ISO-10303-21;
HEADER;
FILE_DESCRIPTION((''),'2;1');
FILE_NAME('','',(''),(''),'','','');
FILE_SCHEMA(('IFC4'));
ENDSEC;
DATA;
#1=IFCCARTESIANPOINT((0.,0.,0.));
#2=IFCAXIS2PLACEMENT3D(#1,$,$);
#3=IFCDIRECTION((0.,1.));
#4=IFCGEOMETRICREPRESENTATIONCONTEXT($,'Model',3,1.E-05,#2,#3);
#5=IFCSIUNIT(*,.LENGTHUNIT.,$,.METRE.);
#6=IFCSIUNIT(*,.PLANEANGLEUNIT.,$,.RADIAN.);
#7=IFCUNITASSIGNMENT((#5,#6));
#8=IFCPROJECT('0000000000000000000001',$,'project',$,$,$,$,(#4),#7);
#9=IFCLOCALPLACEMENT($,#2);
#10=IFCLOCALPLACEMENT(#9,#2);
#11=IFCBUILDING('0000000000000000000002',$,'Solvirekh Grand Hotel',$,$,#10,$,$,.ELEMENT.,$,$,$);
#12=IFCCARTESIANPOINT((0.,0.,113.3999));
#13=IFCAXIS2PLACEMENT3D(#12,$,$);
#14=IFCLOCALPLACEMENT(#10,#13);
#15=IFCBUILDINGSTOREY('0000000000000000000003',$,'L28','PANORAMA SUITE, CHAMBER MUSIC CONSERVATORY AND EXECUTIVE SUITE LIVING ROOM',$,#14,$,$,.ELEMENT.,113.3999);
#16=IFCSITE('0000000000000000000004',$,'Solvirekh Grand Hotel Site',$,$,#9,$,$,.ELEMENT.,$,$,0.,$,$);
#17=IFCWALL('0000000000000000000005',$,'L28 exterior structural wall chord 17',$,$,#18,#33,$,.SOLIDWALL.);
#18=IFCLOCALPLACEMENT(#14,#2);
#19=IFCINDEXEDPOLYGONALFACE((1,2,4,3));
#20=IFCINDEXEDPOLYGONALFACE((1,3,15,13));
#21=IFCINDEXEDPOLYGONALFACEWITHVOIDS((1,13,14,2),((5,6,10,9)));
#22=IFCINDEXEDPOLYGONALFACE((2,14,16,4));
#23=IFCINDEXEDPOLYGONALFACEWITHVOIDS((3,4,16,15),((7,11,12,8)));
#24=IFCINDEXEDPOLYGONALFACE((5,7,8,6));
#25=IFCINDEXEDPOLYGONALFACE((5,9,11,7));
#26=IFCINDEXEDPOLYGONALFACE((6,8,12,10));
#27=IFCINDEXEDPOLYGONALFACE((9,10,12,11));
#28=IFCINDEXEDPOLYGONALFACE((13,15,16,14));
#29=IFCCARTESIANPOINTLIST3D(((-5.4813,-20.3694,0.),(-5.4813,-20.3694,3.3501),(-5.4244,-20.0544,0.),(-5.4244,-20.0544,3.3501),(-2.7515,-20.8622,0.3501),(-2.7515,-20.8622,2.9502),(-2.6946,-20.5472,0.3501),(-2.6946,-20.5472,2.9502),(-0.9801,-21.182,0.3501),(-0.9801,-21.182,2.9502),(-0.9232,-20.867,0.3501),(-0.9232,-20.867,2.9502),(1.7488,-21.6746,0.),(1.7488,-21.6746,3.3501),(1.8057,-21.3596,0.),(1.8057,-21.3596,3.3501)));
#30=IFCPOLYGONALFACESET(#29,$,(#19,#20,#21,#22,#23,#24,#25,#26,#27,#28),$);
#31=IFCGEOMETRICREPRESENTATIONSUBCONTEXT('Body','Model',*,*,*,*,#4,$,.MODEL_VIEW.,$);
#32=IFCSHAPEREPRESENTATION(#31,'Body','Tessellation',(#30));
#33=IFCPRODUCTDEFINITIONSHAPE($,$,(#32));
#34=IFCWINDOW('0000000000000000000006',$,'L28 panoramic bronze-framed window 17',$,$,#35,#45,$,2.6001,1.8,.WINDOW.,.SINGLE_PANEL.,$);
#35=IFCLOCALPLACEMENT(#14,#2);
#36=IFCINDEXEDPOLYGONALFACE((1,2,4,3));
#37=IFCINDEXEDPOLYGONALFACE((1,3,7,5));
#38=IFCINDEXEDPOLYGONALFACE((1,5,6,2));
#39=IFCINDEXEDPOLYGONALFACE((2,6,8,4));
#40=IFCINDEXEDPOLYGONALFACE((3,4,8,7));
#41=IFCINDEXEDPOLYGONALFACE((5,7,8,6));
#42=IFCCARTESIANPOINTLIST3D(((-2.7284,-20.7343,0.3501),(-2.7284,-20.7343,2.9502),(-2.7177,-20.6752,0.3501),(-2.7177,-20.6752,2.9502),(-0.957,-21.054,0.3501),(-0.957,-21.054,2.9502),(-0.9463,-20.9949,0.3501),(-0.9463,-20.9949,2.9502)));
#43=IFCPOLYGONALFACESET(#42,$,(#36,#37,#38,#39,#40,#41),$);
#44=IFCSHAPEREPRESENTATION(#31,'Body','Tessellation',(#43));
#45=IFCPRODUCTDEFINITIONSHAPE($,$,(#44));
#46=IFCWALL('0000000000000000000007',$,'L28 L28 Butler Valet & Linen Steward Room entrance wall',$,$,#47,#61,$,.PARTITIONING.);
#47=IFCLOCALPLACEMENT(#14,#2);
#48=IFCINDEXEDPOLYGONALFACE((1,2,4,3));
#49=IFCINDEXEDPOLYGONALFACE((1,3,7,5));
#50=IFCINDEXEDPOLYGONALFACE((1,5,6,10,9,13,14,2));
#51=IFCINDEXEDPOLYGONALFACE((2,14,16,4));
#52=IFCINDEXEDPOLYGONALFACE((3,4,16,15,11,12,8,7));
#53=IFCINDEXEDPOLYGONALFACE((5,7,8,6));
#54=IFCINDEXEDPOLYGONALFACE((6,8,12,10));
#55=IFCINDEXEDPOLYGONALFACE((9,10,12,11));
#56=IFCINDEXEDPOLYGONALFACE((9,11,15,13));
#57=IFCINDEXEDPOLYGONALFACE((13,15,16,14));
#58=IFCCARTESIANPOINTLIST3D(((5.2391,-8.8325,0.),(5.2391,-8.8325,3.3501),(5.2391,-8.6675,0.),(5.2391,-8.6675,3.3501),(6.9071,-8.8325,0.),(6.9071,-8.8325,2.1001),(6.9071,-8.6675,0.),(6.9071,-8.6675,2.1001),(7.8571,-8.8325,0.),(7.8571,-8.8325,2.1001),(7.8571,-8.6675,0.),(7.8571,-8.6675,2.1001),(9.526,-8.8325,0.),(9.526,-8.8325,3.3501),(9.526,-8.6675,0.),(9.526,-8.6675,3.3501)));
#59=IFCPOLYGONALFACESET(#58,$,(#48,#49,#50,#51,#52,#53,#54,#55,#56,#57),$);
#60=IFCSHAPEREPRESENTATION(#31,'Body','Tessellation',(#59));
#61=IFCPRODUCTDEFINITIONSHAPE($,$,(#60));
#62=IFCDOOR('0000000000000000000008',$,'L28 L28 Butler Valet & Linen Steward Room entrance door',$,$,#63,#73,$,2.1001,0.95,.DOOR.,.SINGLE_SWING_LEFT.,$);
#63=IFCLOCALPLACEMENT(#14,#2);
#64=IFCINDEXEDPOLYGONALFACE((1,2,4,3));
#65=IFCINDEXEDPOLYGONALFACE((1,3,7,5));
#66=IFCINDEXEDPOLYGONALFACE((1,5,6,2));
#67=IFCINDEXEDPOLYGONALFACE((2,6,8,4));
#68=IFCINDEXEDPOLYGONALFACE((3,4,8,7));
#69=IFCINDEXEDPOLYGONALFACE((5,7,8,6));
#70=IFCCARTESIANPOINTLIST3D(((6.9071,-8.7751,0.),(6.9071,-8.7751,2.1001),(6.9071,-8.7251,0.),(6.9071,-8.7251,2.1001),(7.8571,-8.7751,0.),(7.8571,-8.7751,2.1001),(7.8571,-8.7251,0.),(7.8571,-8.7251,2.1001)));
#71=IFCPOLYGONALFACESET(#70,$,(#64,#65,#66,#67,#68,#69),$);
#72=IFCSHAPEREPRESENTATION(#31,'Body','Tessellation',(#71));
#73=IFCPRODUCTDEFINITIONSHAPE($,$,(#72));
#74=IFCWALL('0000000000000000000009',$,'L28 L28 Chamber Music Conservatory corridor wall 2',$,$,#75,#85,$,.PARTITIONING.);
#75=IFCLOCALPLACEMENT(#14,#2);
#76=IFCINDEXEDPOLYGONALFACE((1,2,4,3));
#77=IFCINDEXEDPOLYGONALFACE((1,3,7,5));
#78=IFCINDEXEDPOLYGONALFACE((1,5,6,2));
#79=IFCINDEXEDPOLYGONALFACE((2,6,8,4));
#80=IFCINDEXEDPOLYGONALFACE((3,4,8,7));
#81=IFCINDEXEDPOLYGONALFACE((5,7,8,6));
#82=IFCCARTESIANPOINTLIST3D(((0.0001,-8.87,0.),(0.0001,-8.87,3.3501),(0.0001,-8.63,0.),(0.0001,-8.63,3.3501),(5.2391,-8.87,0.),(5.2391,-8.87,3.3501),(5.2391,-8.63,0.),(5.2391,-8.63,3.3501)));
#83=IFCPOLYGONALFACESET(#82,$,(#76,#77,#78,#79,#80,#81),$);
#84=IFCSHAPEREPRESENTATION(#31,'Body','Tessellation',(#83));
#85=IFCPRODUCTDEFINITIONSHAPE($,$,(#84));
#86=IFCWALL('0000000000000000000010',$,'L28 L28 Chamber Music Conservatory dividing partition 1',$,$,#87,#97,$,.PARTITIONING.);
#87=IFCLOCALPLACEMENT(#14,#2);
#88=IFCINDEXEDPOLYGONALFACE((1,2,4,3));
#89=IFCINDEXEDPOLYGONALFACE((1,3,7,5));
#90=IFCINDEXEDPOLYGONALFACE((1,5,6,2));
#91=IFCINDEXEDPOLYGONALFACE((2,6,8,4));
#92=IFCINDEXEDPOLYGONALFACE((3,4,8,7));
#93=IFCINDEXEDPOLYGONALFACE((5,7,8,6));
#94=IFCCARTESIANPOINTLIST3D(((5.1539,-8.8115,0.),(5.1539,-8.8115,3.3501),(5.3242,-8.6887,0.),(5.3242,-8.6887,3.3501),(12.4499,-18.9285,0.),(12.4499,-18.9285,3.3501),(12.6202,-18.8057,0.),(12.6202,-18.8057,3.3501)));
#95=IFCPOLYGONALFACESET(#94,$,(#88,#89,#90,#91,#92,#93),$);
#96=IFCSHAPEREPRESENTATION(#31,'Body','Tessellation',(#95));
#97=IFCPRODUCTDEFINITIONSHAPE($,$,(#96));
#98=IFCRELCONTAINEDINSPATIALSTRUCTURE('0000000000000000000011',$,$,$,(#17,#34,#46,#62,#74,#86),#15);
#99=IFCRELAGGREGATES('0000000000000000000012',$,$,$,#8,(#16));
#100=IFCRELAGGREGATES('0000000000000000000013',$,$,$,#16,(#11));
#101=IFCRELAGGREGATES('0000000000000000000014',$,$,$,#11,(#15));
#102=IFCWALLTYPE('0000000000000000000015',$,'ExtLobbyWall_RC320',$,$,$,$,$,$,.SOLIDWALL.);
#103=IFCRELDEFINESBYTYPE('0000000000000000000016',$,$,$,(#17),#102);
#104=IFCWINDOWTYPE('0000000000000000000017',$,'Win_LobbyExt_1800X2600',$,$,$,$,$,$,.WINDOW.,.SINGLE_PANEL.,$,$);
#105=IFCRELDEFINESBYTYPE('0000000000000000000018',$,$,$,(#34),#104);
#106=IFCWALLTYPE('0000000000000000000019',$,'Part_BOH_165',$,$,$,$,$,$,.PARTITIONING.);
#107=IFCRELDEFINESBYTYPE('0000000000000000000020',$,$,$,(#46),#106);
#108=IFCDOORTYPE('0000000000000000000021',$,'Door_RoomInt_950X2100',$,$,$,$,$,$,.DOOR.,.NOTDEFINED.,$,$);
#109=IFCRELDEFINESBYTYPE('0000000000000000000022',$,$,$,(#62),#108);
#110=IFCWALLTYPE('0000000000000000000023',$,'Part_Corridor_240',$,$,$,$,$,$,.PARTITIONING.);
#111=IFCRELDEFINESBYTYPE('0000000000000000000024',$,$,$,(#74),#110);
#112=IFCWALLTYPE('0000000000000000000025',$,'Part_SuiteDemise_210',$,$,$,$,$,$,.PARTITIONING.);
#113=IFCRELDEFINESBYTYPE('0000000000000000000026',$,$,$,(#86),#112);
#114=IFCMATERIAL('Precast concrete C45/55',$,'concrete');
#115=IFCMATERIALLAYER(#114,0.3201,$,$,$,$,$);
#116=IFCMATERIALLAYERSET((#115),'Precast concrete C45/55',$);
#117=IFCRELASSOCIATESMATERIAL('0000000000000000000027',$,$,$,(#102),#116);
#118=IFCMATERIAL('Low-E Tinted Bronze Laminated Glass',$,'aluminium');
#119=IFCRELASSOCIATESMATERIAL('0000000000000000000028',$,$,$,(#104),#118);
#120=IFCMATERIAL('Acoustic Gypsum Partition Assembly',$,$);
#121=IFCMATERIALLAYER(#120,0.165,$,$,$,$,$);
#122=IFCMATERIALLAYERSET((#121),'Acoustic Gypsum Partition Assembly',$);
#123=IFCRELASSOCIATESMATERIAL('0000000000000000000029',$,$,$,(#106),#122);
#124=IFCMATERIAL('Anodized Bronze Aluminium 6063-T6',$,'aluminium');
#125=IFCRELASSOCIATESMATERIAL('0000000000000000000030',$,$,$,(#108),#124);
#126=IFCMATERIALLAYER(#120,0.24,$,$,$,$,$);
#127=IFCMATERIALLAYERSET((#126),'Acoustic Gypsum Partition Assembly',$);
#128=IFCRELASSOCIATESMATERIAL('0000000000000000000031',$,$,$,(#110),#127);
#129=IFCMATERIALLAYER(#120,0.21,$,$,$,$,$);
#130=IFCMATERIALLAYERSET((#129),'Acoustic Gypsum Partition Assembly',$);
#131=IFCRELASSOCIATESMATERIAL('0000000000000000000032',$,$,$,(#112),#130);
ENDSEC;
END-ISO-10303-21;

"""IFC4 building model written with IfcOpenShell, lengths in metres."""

from ifc_helpers import new_model, si_unit, direction, frame, frame_2d, origin, place, context, subcontext, project, spatial, rectangle, extrude, material, layer, layer_set, type_object, element, fill, save


model = new_model("IFC4")

# Units and contexts
model_context = context("Model", 3, precision=1e-05, world=origin(), true_north=direction((0.0, 1.0)))
body_context = subcontext(model_context, "Body", "Model", "MODEL_VIEW")
ifc_project = project(units=[si_unit("LENGTHUNIT", "METRE"), si_unit("PLANEANGLEUNIT", "RADIAN")], contexts=[model_context])

# Site, building, storey
site_placement = place(None, origin())
site = spatial("IfcSite", under=ifc_project, at=site_placement, Name="Solvirekh Grand Hotel Site", CompositionType="ELEMENT", RefElevation=0.0)
building_placement = place(site_placement, origin())
building = spatial("IfcBuilding", under=site, at=building_placement, Name="Solvirekh Grand Hotel", CompositionType="ELEMENT")
storey_placement = place(building_placement, frame((0.0, 0.0, 113.3999)))
storey = spatial("IfcBuildingStorey", under=building, at=storey_placement, Name="L28", Description="PANORAMA SUITE, CHAMBER MUSIC CONSERVATORY AND EXECUTIVE SUITE LIVING ROOM", CompositionType="ELEMENT", Elevation=113.3999)

# Shared definitions
ifc_material_1 = material(Name="Anodized Bronze Aluminium 6063-T6", Category="aluminium")
ifc_material_2 = material(Name="Low-E Tinted Bronze Laminated Glass", Category="aluminium")

# Wall, opening, window
ifc_material_3 = material(Name="Precast concrete C45/55", Category="concrete")
ifc_layer_1 = layer(ifc_material_3, 0.3201)
ifc_layer_set_1 = layer_set([ifc_layer_1], Name="Precast concrete C45/55")
wall_type_1 = type_object("IfcWallType", Name="ExtLobbyWall_RC320", PredefinedType="SOLIDWALL", material=ifc_layer_set_1)
wall_1_placement = place(storey_placement, frame((1.7771, -21.5171, 0.0), z_axis=(0.0, 0.0, 1.0), x_axis=(-0.984094, 0.177651, 0.0)))
wall_1 = element("IfcWall", 1, at=wall_1_placement, inside=storey, type_object=wall_type_1, Name="L28 exterior structural wall chord 17", PredefinedType="SOLIDWALL", context=body_context, shape_type="SweptSolid", body=[
    extrude(rectangle(XDim=7.3469, YDim=0.3201, at=frame_2d((3.6733, 0.0))), origin(), (0.0, 0.0, 1.0), 3.3501),
])
opening_1_placement = place(wall_1_placement, frame((2.7729, 0.0, 0.3501)))
opening_1 = element("IfcOpeningElement", 2, at=opening_1_placement, cuts=wall_1, PredefinedType="OPENING", context=body_context, shape_type="SweptSolid", body=[
    extrude(rectangle(XDim=1.8, YDim=2.6001, at=frame_2d((0.8999, 1.3))), frame((0.0, 0.1699, 0.0), z_axis=(0.0, -1.0, 0.0), x_axis=(1.0, 0.0, 0.0)), (0.0, 0.0, 1.0), 0.3401),
])
window_type = type_object("IfcWindowType", Name="Win_LobbyExt_1800X2600", PartitioningType="SINGLE_PANEL", PredefinedType="WINDOW", material=ifc_material_2)
window_placement = place(opening_1_placement, origin())
window = element("IfcWindow", 3, at=window_placement, inside=storey, type_object=window_type, Name="L28 panoramic bronze-framed window 17", OverallHeight=2.6001, OverallWidth=1.8, PartitioningType="SINGLE_PANEL", PredefinedType="WINDOW", context=body_context, shape_type="SweptSolid", body=[
    extrude(rectangle(XDim=1.8, YDim=2.6001, at=frame_2d((0.8999, 1.3))), frame((0.0, 0.03, 0.0), z_axis=(0.0, -1.0, 0.0), x_axis=(1.0, 0.0, 0.0)), (0.0, 0.0, 1.0), 0.0601),
])
fill(opening_1, window)

# Wall, opening, door
ifc_material_4 = material(Name="Acoustic Gypsum Partition Assembly")
ifc_layer_2 = layer(ifc_material_4, 0.165)
ifc_layer_set_2 = layer_set([ifc_layer_2], Name="Acoustic Gypsum Partition Assembly")
wall_type_2 = type_object("IfcWallType", Name="Part_BOH_165", PredefinedType="PARTITIONING", material=ifc_layer_set_2)
wall_2_placement = place(storey_placement, frame((5.239, -8.75, 0.0), z_axis=(0.0, 0.0, 1.0), x_axis=(1.0, 0.0, 0.0)))
wall_2 = element("IfcWall", 4, at=wall_2_placement, inside=storey, type_object=wall_type_2, Name="L28 L28 Butler Valet & Linen Steward Room entrance wall", PredefinedType="PARTITIONING", context=body_context, shape_type="SweptSolid", body=[
    extrude(rectangle(XDim=4.2869, YDim=0.165, at=frame_2d((2.1436, 0.0))), origin(), (0.0, 0.0, 1.0), 3.3501),
])
opening_2_placement = place(wall_2_placement, frame((1.668, 0.0, 0.0)))
opening_2 = element("IfcOpeningElement", 5, at=opening_2_placement, cuts=wall_2, PredefinedType="OPENING", context=body_context, shape_type="SweptSolid", body=[
    extrude(rectangle(XDim=0.95, YDim=2.1001, at=frame_2d((0.4751, 1.05))), frame((0.0, 0.0925, 0.0), z_axis=(0.0, -1.0, 0.0), x_axis=(1.0, 0.0, 0.0)), (0.0, 0.0, 1.0), 0.1851),
])
door_type = type_object("IfcDoorType", Name="Door_RoomInt_950X2100", OperationType="NOTDEFINED", PredefinedType="DOOR", material=ifc_material_1)
door_placement = place(opening_2_placement, origin())
door = element("IfcDoor", 6, at=door_placement, inside=storey, type_object=door_type, Name="L28 L28 Butler Valet & Linen Steward Room entrance door", OperationType="SINGLE_SWING_LEFT", OverallHeight=2.1001, OverallWidth=0.95, PredefinedType="DOOR", context=body_context, shape_type="SweptSolid", body=[
    extrude(rectangle(XDim=0.95, YDim=2.1001, at=frame_2d((0.4751, 1.05))), frame((0.0, 0.0249, 0.0), z_axis=(0.0, -1.0, 0.0), x_axis=(1.0, 0.0, 0.0)), (0.0, 0.0, 1.0), 0.05),
])
fill(opening_2, door)

# Walls
ifc_layer_3 = layer(ifc_material_4, 0.24)
ifc_layer_set_3 = layer_set([ifc_layer_3], Name="Acoustic Gypsum Partition Assembly")
wall_type_3 = type_object("IfcWallType", Name="Part_Corridor_240", PredefinedType="PARTITIONING", material=ifc_layer_set_3)
wall_3_placement = place(storey_placement, frame((0.0, -8.75, 0.0), z_axis=(0.0, 0.0, 1.0), x_axis=(1.0, 0.0, 0.0)))
element("IfcWall", 7, at=wall_3_placement, inside=storey, type_object=wall_type_3, Name="L28 L28 Chamber Music Conservatory corridor wall 2", PredefinedType="PARTITIONING", context=body_context, shape_type="SweptSolid", body=[
    extrude(rectangle(XDim=5.239, YDim=0.24, at=frame_2d((2.6196, 0.0))), origin(), (0.0, 0.0, 1.0), 3.3501),
])
ifc_layer_4 = layer(ifc_material_4, 0.21)
ifc_layer_set_4 = layer_set([ifc_layer_4], Name="Acoustic Gypsum Partition Assembly")
wall_type_4 = type_object("IfcWallType", Name="Part_SuiteDemise_210", PredefinedType="PARTITIONING", material=ifc_layer_set_4)
wall_4_placement = place(storey_placement, frame((5.239, -8.75, 0.0), z_axis=(0.0, 0.0, 1.0), x_axis=(0.584922, -0.811089, 0.0)))
element("IfcWall", 8, at=wall_4_placement, inside=storey, type_object=wall_type_4, Name="L28 L28 Chamber Music Conservatory dividing partition 1", PredefinedType="PARTITIONING", context=body_context, shape_type="SweptSolid", body=[
    extrude(rectangle(XDim=12.4734, YDim=0.21, at=frame_2d((6.2368, 0.0))), origin(), (0.0, 0.0, 1.0), 3.3501),
])

save(model, "model.ifc")
